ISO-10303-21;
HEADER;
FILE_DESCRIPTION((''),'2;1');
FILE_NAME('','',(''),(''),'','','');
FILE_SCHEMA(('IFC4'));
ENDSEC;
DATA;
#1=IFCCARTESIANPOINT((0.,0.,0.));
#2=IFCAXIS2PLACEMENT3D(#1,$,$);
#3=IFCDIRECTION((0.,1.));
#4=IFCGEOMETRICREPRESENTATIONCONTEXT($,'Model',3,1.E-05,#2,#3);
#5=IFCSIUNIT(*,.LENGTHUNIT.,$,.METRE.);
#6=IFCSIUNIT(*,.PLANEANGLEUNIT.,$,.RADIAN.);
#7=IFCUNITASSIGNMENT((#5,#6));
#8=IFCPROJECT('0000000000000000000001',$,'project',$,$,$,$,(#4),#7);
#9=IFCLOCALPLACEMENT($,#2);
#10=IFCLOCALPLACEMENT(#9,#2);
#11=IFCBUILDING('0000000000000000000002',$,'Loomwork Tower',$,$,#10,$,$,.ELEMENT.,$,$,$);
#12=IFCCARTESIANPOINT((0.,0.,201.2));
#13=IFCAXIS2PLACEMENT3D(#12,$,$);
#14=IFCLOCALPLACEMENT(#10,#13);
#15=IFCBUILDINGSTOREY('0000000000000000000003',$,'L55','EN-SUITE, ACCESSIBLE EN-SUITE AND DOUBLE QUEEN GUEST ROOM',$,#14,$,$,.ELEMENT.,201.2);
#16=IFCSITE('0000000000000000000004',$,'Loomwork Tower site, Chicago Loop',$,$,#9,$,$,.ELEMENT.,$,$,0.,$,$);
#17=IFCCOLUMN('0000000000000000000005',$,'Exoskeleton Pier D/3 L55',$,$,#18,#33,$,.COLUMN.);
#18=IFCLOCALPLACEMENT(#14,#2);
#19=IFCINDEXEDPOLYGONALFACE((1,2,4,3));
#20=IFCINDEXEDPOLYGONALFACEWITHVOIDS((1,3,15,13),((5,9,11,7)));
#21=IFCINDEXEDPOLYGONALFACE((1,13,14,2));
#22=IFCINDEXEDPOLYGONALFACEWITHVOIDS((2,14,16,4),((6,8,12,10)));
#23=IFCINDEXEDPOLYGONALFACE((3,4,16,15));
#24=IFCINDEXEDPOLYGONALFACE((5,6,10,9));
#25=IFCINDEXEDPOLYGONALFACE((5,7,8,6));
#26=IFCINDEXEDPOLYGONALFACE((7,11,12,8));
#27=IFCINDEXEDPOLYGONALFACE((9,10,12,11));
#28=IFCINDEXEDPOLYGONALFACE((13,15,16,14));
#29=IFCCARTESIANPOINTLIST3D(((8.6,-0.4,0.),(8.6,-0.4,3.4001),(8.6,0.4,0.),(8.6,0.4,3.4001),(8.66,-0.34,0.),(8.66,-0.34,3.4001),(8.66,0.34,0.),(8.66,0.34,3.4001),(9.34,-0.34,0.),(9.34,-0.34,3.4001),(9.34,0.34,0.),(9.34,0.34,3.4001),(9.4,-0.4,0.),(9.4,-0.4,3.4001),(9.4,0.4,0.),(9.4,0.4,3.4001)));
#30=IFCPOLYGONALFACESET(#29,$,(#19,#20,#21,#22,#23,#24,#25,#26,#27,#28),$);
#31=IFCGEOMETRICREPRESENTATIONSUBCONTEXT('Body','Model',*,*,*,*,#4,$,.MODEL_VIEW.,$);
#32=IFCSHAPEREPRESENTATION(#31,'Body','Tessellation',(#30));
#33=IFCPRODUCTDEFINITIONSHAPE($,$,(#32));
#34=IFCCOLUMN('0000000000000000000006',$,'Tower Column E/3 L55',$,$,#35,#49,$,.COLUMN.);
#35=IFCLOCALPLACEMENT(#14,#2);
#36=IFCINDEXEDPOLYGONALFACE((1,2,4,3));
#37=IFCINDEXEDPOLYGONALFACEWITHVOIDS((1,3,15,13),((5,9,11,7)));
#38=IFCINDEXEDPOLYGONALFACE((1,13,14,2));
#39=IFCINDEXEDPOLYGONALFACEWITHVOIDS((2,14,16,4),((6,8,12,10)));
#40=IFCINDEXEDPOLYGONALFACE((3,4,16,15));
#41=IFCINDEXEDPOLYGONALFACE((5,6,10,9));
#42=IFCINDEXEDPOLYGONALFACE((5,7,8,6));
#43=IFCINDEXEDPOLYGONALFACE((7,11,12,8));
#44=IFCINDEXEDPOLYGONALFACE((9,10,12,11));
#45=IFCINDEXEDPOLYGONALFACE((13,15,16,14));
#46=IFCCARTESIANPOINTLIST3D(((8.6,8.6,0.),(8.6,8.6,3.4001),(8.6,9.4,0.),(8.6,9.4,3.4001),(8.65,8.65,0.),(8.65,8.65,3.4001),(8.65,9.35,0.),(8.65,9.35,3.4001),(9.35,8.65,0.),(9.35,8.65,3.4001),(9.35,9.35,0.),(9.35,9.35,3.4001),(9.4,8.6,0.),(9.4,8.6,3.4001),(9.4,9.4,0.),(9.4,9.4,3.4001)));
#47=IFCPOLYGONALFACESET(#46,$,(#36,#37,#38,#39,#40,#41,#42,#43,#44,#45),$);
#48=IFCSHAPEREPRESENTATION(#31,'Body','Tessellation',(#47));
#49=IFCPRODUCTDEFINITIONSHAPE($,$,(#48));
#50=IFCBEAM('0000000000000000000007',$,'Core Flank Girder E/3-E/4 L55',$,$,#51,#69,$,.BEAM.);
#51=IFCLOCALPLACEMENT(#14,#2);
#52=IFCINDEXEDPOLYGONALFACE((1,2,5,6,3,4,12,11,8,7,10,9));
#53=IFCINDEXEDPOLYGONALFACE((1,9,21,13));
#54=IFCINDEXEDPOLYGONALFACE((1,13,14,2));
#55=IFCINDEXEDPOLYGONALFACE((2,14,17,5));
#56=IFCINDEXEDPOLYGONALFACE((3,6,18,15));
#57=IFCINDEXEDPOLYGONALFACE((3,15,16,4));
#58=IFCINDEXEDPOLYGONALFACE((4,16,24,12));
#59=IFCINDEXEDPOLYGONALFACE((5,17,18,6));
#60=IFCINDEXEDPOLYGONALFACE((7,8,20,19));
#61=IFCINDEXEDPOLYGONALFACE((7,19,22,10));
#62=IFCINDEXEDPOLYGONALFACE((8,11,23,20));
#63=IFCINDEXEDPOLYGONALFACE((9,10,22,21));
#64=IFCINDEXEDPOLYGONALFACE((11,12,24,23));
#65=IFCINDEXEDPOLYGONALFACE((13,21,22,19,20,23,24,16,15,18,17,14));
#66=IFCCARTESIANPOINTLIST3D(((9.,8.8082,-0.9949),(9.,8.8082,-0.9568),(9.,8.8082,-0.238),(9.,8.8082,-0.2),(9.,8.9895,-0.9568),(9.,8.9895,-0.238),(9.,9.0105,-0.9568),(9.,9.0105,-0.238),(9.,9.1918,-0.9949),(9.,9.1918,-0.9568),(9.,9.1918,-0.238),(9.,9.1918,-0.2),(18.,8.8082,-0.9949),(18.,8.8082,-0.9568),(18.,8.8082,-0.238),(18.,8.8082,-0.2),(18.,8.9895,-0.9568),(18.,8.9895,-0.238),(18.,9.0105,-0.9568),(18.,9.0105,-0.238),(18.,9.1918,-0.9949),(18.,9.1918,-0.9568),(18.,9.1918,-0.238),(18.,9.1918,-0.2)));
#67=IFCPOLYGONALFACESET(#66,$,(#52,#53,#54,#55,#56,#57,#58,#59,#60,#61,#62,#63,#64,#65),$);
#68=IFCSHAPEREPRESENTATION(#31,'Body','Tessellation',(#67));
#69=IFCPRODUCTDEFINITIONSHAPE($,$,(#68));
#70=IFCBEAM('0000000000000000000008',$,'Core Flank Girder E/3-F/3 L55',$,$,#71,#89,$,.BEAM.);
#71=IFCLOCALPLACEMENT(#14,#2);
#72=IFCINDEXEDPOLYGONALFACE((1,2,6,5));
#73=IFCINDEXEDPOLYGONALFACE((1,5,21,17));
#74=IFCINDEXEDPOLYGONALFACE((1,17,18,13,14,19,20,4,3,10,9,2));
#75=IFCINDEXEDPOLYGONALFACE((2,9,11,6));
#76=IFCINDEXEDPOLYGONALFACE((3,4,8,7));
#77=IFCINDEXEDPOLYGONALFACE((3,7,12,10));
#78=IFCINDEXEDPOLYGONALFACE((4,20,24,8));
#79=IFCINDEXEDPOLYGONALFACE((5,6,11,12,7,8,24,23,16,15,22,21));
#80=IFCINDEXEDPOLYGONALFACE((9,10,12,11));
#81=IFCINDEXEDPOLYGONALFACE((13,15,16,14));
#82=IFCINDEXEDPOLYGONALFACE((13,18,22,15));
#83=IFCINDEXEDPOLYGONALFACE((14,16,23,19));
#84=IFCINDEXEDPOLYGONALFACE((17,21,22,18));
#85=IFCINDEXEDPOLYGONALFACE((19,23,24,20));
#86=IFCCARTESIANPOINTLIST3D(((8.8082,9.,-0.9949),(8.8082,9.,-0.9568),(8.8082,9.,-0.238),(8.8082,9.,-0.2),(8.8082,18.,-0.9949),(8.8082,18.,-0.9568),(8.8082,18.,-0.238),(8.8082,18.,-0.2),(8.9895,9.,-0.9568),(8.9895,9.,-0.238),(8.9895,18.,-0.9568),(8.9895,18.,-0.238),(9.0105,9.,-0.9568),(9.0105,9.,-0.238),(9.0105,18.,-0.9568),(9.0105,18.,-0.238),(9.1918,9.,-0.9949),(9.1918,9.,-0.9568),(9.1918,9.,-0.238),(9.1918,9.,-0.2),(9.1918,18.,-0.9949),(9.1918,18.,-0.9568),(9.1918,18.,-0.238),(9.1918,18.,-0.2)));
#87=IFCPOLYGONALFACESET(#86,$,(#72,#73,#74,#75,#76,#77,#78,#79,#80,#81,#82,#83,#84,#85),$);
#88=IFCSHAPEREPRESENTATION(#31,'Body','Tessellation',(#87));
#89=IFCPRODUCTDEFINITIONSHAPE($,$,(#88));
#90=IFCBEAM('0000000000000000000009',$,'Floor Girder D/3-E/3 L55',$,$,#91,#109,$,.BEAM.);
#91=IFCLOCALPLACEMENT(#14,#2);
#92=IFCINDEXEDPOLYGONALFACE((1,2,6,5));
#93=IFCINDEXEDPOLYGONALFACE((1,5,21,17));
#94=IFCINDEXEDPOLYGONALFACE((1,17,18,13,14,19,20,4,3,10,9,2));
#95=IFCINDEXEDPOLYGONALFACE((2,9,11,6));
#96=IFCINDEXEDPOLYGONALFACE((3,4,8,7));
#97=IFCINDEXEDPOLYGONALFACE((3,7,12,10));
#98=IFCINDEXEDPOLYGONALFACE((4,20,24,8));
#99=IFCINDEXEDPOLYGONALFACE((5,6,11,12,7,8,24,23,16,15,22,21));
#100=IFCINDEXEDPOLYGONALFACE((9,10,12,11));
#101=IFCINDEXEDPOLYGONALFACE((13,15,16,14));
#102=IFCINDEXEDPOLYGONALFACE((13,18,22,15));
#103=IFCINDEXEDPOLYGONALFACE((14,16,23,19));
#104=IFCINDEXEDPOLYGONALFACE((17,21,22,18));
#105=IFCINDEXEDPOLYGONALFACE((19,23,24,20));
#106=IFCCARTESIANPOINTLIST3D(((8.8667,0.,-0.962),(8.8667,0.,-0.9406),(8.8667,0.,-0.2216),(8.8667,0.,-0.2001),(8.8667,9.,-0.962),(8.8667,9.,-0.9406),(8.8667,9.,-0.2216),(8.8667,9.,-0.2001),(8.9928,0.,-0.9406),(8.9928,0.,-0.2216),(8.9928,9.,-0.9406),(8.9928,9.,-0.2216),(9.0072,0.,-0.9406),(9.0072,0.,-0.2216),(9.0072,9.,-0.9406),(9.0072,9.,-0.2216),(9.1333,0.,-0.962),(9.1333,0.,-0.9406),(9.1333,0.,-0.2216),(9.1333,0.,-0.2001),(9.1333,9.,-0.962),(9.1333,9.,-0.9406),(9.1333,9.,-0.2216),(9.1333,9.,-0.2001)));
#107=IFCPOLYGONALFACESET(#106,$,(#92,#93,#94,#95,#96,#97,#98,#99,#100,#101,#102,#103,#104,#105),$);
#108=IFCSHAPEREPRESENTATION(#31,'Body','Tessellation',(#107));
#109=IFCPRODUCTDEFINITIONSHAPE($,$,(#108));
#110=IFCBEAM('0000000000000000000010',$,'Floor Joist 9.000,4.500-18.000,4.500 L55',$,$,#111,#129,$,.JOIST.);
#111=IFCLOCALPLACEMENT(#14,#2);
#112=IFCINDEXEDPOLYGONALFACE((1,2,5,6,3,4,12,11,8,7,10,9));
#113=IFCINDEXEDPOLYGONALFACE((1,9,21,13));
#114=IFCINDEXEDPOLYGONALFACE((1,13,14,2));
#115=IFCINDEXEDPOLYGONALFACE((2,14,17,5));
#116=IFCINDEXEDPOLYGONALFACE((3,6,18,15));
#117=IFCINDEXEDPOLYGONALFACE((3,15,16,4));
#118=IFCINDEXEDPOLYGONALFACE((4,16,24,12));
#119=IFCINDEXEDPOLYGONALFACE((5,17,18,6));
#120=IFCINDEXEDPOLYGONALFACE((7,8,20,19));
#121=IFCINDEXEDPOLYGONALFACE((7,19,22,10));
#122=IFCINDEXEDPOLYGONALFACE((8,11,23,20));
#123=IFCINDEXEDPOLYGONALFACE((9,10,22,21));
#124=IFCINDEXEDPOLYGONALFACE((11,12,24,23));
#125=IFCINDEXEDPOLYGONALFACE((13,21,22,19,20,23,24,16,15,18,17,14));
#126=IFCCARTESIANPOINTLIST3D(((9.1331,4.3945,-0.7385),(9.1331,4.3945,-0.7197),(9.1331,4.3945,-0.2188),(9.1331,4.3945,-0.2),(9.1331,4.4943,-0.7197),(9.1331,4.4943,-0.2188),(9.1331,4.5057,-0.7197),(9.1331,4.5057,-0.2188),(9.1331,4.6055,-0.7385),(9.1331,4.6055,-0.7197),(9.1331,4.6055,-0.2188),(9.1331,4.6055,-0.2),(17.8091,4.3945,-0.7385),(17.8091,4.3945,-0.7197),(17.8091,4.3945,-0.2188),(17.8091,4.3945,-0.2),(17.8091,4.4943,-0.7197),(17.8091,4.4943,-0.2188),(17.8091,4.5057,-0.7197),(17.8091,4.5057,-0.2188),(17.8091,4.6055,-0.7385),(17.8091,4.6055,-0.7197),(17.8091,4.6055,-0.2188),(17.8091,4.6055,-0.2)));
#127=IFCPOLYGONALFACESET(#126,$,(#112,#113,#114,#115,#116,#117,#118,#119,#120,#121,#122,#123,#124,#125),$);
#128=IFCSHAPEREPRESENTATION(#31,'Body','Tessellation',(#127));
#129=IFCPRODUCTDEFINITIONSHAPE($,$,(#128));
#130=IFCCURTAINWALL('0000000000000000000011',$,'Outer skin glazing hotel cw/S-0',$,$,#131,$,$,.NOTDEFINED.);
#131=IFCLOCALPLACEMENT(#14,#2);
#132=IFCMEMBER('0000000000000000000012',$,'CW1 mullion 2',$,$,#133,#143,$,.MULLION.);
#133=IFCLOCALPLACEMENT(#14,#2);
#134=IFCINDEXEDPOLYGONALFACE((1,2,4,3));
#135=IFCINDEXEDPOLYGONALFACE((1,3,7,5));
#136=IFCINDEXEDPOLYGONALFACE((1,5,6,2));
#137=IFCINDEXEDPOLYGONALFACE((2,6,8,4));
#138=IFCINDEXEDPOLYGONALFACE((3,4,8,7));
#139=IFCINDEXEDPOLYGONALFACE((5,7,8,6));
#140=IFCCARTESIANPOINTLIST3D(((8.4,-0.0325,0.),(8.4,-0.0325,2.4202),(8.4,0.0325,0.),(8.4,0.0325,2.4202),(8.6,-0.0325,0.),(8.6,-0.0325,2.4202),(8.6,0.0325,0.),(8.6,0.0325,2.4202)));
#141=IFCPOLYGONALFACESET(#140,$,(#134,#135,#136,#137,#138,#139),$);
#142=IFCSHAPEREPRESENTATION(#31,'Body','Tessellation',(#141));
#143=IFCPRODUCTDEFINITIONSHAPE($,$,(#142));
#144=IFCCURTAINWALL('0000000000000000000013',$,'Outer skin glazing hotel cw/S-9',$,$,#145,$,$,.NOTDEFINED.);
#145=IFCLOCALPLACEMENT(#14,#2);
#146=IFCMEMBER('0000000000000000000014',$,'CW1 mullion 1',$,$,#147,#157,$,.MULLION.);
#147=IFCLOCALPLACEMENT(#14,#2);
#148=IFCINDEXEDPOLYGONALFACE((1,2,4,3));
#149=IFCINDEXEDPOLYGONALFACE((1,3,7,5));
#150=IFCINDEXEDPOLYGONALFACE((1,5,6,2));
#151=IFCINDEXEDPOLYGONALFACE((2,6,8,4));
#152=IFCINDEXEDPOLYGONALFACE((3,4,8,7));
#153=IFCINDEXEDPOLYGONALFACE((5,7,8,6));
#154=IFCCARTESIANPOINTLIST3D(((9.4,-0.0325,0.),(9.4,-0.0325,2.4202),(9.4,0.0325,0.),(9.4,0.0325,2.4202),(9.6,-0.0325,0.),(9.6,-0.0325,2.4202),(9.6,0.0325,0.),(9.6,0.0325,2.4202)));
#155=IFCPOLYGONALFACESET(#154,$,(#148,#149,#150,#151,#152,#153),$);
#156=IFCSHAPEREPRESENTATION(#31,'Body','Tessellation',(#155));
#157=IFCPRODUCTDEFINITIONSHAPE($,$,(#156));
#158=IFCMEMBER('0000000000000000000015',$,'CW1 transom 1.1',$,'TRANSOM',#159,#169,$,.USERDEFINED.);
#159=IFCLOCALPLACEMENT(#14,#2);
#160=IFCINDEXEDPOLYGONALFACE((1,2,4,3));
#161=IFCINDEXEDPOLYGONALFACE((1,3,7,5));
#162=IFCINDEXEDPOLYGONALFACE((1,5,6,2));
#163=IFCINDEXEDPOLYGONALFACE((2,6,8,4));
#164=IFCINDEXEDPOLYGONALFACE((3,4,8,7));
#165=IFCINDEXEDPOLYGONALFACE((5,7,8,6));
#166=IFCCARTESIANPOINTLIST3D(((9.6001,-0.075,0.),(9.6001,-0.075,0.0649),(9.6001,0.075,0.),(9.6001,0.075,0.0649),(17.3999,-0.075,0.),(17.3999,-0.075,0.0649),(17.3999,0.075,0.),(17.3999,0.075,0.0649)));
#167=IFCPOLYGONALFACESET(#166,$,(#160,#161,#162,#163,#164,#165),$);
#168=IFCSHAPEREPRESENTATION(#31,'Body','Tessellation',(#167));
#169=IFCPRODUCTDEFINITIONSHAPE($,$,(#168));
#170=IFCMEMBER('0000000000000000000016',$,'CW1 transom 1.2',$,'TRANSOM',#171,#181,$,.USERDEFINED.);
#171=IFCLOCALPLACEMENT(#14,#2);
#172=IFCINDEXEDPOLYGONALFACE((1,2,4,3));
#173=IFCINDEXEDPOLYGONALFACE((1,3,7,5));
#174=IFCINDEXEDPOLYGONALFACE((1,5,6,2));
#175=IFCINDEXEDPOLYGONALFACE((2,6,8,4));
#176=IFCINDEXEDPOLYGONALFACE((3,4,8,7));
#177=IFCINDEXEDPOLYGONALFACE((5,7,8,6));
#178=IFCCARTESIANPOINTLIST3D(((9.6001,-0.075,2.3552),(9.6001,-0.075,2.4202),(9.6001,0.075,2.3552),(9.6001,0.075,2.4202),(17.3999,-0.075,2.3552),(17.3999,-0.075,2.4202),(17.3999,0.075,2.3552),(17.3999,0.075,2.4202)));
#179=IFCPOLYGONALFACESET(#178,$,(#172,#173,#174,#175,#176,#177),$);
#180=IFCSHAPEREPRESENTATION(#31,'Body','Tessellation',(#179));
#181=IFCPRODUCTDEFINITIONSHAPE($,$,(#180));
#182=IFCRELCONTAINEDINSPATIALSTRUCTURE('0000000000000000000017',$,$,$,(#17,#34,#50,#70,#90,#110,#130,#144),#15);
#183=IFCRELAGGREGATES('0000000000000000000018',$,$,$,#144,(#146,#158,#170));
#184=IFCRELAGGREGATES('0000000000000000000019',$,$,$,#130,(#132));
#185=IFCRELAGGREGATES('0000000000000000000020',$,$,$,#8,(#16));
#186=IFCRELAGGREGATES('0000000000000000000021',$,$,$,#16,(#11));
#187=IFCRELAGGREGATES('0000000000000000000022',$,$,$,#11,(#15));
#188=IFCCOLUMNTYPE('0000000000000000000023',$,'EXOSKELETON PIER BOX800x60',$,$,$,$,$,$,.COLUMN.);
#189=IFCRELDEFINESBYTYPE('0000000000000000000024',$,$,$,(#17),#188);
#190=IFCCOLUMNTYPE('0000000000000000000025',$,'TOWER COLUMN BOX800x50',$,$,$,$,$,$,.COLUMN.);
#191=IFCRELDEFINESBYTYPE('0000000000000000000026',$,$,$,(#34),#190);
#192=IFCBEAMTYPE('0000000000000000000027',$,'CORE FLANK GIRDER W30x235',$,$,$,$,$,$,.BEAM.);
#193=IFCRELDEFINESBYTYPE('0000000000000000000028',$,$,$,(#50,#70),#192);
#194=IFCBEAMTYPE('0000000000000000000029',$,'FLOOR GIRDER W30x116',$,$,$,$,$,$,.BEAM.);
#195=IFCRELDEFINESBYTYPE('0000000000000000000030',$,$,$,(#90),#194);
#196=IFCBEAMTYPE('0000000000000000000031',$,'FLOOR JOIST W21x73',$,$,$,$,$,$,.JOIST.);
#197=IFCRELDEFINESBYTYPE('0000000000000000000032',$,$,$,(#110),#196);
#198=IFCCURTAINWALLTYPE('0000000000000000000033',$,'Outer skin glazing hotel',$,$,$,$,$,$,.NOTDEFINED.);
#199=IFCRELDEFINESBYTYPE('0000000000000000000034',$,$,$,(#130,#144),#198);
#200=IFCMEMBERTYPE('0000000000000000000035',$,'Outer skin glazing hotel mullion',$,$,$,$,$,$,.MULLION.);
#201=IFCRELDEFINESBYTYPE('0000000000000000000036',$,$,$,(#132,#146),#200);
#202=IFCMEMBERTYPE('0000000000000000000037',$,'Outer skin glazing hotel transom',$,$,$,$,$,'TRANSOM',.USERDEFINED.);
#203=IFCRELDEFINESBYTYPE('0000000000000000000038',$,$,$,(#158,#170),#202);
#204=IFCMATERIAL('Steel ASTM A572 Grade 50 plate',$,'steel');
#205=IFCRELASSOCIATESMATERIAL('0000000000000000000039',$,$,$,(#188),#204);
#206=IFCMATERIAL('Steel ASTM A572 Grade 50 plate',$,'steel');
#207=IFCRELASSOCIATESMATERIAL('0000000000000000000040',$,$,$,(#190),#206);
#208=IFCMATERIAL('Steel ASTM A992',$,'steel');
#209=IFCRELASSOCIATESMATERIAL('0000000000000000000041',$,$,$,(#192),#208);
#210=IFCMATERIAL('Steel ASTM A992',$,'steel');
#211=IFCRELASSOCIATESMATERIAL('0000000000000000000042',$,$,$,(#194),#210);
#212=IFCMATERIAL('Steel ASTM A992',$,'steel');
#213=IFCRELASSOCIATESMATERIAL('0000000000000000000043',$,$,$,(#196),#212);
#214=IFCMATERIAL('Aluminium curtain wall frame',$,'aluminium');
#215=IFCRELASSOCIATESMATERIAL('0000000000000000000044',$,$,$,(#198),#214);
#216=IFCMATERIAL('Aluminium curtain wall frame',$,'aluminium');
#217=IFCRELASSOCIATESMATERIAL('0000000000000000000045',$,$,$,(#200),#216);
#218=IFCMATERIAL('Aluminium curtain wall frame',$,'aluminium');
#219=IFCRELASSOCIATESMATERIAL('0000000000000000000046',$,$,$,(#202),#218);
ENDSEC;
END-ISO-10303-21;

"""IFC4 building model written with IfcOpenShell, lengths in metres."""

from ifc_helpers import new_model, si_unit, direction, frame, origin, origin_2d, place, context, subcontext, project, spatial, rectangle, hollow_rectangle, i_section, extrude, material, material_profile, profile_set, type_object, element, aggregate, save


model = new_model("IFC4")

# Units and contexts
model_context = context("Model", 3, precision=1e-05, world=origin(), true_north=direction((0.0, 1.0)))
body_context = subcontext(model_context, "Body", "Model", "MODEL_VIEW")
ifc_project = project(units=[si_unit("LENGTHUNIT", "METRE"), si_unit("PLANEANGLEUNIT", "RADIAN")], contexts=[model_context])

# Site, building, storey
site_placement = place(None, origin())
site = spatial("IfcSite", under=ifc_project, at=site_placement, Name="Loomwork Tower site, Chicago Loop", CompositionType="ELEMENT", RefElevation=0.0)
building_placement = place(site_placement, origin())
building = spatial("IfcBuilding", under=site, at=building_placement, Name="Loomwork Tower", CompositionType="ELEMENT")
storey_placement = place(building_placement, frame((0.0, 0.0, 201.2)))
storey = spatial("IfcBuildingStorey", under=building, at=storey_placement, Name="L55", Description="EN-SUITE, ACCESSIBLE EN-SUITE AND DOUBLE QUEEN GUEST ROOM", CompositionType="ELEMENT", Elevation=201.2)

# Columns
ifc_material_1 = material(Name="Steel ASTM A572 Grade 50 plate", Category="steel")
ifc_material_profile_1 = material_profile(ifc_material_1, hollow_rectangle(XDim=0.8, YDim=0.8, WallThickness=0.0601, at=origin_2d()), Name="BOX800x60")
ifc_profile_set_1 = profile_set([ifc_material_profile_1], Name="Steel ASTM A572 Grade 50 plate")
column_type_1 = type_object("IfcColumnType", Name="EXOSKELETON PIER BOX800x60", PredefinedType="COLUMN", material=ifc_profile_set_1)
column_1_placement = place(storey_placement, frame((9.0, 0.0, 0.0), z_axis=(0.0, 0.0, 1.0), x_axis=(1.0, 0.0, 0.0)))
element("IfcColumn", 1, at=column_1_placement, inside=storey, type_object=column_type_1, Name="Exoskeleton Pier D/3 L55", PredefinedType="COLUMN", context=body_context, shape_type="SweptSolid", body=[
    extrude(hollow_rectangle(XDim=0.8, YDim=0.8, WallThickness=0.0601, at=origin_2d()), origin(), (0.0, 0.0, 1.0), 3.4001),
])
ifc_material_2 = material(Name="Steel ASTM A572 Grade 50 plate", Category="steel")
ifc_material_profile_2 = material_profile(ifc_material_2, hollow_rectangle(XDim=0.8, YDim=0.8, WallThickness=0.05, at=origin_2d()), Name="BOX800x50")
ifc_profile_set_2 = profile_set([ifc_material_profile_2], Name="Steel ASTM A572 Grade 50 plate")
column_type_2 = type_object("IfcColumnType", Name="TOWER COLUMN BOX800x50", PredefinedType="COLUMN", material=ifc_profile_set_2)
column_2_placement = place(storey_placement, frame((9.0, 9.0, 0.0), z_axis=(0.0, 0.0, 1.0), x_axis=(1.0, 0.0, 0.0)))
element("IfcColumn", 2, at=column_2_placement, inside=storey, type_object=column_type_2, Name="Tower Column E/3 L55", PredefinedType="COLUMN", context=body_context, shape_type="SweptSolid", body=[
    extrude(hollow_rectangle(XDim=0.8, YDim=0.8, WallThickness=0.05, at=origin_2d()), origin(), (0.0, 0.0, 1.0), 3.4001),
])

# Beams
ifc_material_3 = material(Name="Steel ASTM A992", Category="steel")
ifc_material_profile_3 = material_profile(ifc_material_3, i_section(OverallWidth=0.3835, OverallDepth=0.7949, WebThickness=0.021, FlangeThickness=0.0381, at=origin_2d()), Name="W30x235")
ifc_profile_set_3 = profile_set([ifc_material_profile_3], Name="Steel ASTM A992")
beam_type_1 = type_object("IfcBeamType", Name="CORE FLANK GIRDER W30x235", PredefinedType="BEAM", material=ifc_profile_set_3)
for number, where, z_axis, x_axis, name in (
    (3, (9.0, 9.0, -0.5974), (1.0, 0.0, 0.0), (0.0, 1.0, 0.0), "Core Flank Girder E/3-E/4 L55"),
    (4, (9.0, 9.0, -0.5974), (0.0, 1.0, 0.0), (-1.0, 0.0, 0.0), "Core Flank Girder E/3-F/3 L55"),
):
    element("IfcBeam", number, at=place(storey_placement, frame(where, z_axis=z_axis, x_axis=x_axis)), inside=storey, type_object=beam_type_1, Name=name, PredefinedType="BEAM", context=body_context, shape_type="SweptSolid", body=[
        extrude(i_section(OverallWidth=0.3835, OverallDepth=0.7949, WebThickness=0.021, FlangeThickness=0.0381, at=origin_2d()), origin(), (0.0, 0.0, 1.0), 9.0),
    ])
ifc_material_4 = material(Name="Steel ASTM A992", Category="steel")
ifc_material_profile_4 = material_profile(ifc_material_4, i_section(OverallWidth=0.2666, OverallDepth=0.762, WebThickness=0.0144, FlangeThickness=0.0215, at=origin_2d()), Name="W30x116")
ifc_profile_set_4 = profile_set([ifc_material_profile_4], Name="Steel ASTM A992")
beam_type_2 = type_object("IfcBeamType", Name="FLOOR GIRDER W30x116", PredefinedType="BEAM", material=ifc_profile_set_4)
beam_1_placement = place(storey_placement, frame((9.0, 0.0, -0.5811), z_axis=(0.0, 1.0, 0.0), x_axis=(-1.0, 0.0, 0.0)))
element("IfcBeam", 5, at=beam_1_placement, inside=storey, type_object=beam_type_2, Name="Floor Girder D/3-E/3 L55", PredefinedType="BEAM", context=body_context, shape_type="SweptSolid", body=[
    extrude(i_section(OverallWidth=0.2666, OverallDepth=0.762, WebThickness=0.0144, FlangeThickness=0.0215, at=origin_2d()), origin(), (0.0, 0.0, 1.0), 9.0),
])
ifc_material_5 = material(Name="Steel ASTM A992", Category="steel")
ifc_material_profile_5 = material_profile(ifc_material_5, i_section(OverallWidth=0.2109, OverallDepth=0.5386, WebThickness=0.0115, FlangeThickness=0.0188, at=origin_2d()), Name="W21x73")
ifc_profile_set_5 = profile_set([ifc_material_profile_5], Name="Steel ASTM A992")
beam_type_3 = type_object("IfcBeamType", Name="FLOOR JOIST W21x73", PredefinedType="JOIST", material=ifc_profile_set_5)
beam_2_placement = place(storey_placement, frame((9.1331, 4.5, -0.4692), z_axis=(1.0, 0.0, 0.0), x_axis=(0.0, 1.0, 0.0)))
element("IfcBeam", 6, at=beam_2_placement, inside=storey, type_object=beam_type_3, Name="Floor Joist 9.000,4.500-18.000,4.500 L55", PredefinedType="JOIST", context=body_context, shape_type="SweptSolid", body=[
    extrude(i_section(OverallWidth=0.2109, OverallDepth=0.5386, WebThickness=0.0115, FlangeThickness=0.0188, at=origin_2d()), origin(), (0.0, 0.0, 1.0), 8.676),
])

# Curtain wall, member
ifc_material_6 = material(Name="Aluminium curtain wall frame", Category="aluminium")
curtain_wall_type = type_object("IfcCurtainWallType", Name="Outer skin glazing hotel", PredefinedType="NOTDEFINED", material=ifc_material_6)
curtain_wall_1_placement = place(storey_placement, origin())
curtain_wall_1 = element("IfcCurtainWall", 7, at=curtain_wall_1_placement, inside=storey, type_object=curtain_wall_type, Name="Outer skin glazing hotel cw/S-0", PredefinedType="NOTDEFINED")
ifc_material_7 = material(Name="Aluminium curtain wall frame", Category="aluminium")
ifc_material_profile_6 = material_profile(ifc_material_7, rectangle(XDim=0.0649, YDim=0.2, at=origin_2d()), Name="AL 65x200")
ifc_profile_set_6 = profile_set([ifc_material_profile_6], Name="Aluminium curtain wall frame")
member_type_1 = type_object("IfcMemberType", Name="Outer skin glazing hotel mullion", PredefinedType="MULLION", material=ifc_profile_set_6)
member_1_placement = place(storey_placement, frame((8.5, 0.0, 0.0), z_axis=(0.0, 0.0, 1.0), x_axis=(0.0, 1.0, 0.0)))
member_1 = element("IfcMember", 8, at=member_1_placement, type_object=member_type_1, Name="CW1 mullion 2", PredefinedType="MULLION", context=body_context, shape_type="SweptSolid", body=[
    extrude(rectangle(XDim=0.0649, YDim=0.2, at=origin_2d()), origin(), (0.0, 0.0, 1.0), 2.4202),
])

# Curtain wall, members
curtain_wall_2_placement = place(storey_placement, origin())
curtain_wall_2 = element("IfcCurtainWall", 9, at=curtain_wall_2_placement, inside=storey, type_object=curtain_wall_type, Name="Outer skin glazing hotel cw/S-9", PredefinedType="NOTDEFINED")
member_2_placement = place(storey_placement, frame((9.5, 0.0, 0.0), z_axis=(0.0, 0.0, 1.0), x_axis=(0.0, 1.0, 0.0)))
member_2 = element("IfcMember", 10, at=member_2_placement, type_object=member_type_1, Name="CW1 mullion 1", PredefinedType="MULLION", context=body_context, shape_type="SweptSolid", body=[
    extrude(rectangle(XDim=0.0649, YDim=0.2, at=origin_2d()), origin(), (0.0, 0.0, 1.0), 2.4202),
])
ifc_material_8 = material(Name="Aluminium curtain wall frame", Category="aluminium")
ifc_material_profile_7 = material_profile(ifc_material_8, rectangle(XDim=0.1499, YDim=0.0649, at=origin_2d()), Name="AL 65x150")
ifc_profile_set_7 = profile_set([ifc_material_profile_7], Name="Aluminium curtain wall frame")
member_type_2 = type_object("IfcMemberType", Name="Outer skin glazing hotel transom", ElementType="TRANSOM", PredefinedType="USERDEFINED", material=ifc_profile_set_7)
member_3_placement = place(storey_placement, frame((9.6001, 0.0, 0.0325), z_axis=(1.0, 0.0, 0.0), x_axis=(0.0, 1.0, 0.0)))
member_3 = element("IfcMember", 11, at=member_3_placement, type_object=member_type_2, Name="CW1 transom 1.1", ObjectType="TRANSOM", PredefinedType="USERDEFINED", context=body_context, shape_type="SweptSolid", body=[
    extrude(rectangle(XDim=0.1499, YDim=0.0649, at=origin_2d()), origin(), (0.0, 0.0, 1.0), 7.7998),
])
member_4_placement = place(storey_placement, frame((9.6001, 0.0, 2.3877), z_axis=(1.0, 0.0, 0.0), x_axis=(0.0, 1.0, 0.0)))
member_4 = element("IfcMember", 12, at=member_4_placement, type_object=member_type_2, Name="CW1 transom 1.2", ObjectType="TRANSOM", PredefinedType="USERDEFINED", context=body_context, shape_type="SweptSolid", body=[
    extrude(rectangle(XDim=0.1499, YDim=0.0649, at=origin_2d()), origin(), (0.0, 0.0, 1.0), 7.7998),
])
aggregate(curtain_wall_2, [member_2, member_3, member_4])

aggregate(curtain_wall_1, [member_1])

save(model, "model.ifc")
